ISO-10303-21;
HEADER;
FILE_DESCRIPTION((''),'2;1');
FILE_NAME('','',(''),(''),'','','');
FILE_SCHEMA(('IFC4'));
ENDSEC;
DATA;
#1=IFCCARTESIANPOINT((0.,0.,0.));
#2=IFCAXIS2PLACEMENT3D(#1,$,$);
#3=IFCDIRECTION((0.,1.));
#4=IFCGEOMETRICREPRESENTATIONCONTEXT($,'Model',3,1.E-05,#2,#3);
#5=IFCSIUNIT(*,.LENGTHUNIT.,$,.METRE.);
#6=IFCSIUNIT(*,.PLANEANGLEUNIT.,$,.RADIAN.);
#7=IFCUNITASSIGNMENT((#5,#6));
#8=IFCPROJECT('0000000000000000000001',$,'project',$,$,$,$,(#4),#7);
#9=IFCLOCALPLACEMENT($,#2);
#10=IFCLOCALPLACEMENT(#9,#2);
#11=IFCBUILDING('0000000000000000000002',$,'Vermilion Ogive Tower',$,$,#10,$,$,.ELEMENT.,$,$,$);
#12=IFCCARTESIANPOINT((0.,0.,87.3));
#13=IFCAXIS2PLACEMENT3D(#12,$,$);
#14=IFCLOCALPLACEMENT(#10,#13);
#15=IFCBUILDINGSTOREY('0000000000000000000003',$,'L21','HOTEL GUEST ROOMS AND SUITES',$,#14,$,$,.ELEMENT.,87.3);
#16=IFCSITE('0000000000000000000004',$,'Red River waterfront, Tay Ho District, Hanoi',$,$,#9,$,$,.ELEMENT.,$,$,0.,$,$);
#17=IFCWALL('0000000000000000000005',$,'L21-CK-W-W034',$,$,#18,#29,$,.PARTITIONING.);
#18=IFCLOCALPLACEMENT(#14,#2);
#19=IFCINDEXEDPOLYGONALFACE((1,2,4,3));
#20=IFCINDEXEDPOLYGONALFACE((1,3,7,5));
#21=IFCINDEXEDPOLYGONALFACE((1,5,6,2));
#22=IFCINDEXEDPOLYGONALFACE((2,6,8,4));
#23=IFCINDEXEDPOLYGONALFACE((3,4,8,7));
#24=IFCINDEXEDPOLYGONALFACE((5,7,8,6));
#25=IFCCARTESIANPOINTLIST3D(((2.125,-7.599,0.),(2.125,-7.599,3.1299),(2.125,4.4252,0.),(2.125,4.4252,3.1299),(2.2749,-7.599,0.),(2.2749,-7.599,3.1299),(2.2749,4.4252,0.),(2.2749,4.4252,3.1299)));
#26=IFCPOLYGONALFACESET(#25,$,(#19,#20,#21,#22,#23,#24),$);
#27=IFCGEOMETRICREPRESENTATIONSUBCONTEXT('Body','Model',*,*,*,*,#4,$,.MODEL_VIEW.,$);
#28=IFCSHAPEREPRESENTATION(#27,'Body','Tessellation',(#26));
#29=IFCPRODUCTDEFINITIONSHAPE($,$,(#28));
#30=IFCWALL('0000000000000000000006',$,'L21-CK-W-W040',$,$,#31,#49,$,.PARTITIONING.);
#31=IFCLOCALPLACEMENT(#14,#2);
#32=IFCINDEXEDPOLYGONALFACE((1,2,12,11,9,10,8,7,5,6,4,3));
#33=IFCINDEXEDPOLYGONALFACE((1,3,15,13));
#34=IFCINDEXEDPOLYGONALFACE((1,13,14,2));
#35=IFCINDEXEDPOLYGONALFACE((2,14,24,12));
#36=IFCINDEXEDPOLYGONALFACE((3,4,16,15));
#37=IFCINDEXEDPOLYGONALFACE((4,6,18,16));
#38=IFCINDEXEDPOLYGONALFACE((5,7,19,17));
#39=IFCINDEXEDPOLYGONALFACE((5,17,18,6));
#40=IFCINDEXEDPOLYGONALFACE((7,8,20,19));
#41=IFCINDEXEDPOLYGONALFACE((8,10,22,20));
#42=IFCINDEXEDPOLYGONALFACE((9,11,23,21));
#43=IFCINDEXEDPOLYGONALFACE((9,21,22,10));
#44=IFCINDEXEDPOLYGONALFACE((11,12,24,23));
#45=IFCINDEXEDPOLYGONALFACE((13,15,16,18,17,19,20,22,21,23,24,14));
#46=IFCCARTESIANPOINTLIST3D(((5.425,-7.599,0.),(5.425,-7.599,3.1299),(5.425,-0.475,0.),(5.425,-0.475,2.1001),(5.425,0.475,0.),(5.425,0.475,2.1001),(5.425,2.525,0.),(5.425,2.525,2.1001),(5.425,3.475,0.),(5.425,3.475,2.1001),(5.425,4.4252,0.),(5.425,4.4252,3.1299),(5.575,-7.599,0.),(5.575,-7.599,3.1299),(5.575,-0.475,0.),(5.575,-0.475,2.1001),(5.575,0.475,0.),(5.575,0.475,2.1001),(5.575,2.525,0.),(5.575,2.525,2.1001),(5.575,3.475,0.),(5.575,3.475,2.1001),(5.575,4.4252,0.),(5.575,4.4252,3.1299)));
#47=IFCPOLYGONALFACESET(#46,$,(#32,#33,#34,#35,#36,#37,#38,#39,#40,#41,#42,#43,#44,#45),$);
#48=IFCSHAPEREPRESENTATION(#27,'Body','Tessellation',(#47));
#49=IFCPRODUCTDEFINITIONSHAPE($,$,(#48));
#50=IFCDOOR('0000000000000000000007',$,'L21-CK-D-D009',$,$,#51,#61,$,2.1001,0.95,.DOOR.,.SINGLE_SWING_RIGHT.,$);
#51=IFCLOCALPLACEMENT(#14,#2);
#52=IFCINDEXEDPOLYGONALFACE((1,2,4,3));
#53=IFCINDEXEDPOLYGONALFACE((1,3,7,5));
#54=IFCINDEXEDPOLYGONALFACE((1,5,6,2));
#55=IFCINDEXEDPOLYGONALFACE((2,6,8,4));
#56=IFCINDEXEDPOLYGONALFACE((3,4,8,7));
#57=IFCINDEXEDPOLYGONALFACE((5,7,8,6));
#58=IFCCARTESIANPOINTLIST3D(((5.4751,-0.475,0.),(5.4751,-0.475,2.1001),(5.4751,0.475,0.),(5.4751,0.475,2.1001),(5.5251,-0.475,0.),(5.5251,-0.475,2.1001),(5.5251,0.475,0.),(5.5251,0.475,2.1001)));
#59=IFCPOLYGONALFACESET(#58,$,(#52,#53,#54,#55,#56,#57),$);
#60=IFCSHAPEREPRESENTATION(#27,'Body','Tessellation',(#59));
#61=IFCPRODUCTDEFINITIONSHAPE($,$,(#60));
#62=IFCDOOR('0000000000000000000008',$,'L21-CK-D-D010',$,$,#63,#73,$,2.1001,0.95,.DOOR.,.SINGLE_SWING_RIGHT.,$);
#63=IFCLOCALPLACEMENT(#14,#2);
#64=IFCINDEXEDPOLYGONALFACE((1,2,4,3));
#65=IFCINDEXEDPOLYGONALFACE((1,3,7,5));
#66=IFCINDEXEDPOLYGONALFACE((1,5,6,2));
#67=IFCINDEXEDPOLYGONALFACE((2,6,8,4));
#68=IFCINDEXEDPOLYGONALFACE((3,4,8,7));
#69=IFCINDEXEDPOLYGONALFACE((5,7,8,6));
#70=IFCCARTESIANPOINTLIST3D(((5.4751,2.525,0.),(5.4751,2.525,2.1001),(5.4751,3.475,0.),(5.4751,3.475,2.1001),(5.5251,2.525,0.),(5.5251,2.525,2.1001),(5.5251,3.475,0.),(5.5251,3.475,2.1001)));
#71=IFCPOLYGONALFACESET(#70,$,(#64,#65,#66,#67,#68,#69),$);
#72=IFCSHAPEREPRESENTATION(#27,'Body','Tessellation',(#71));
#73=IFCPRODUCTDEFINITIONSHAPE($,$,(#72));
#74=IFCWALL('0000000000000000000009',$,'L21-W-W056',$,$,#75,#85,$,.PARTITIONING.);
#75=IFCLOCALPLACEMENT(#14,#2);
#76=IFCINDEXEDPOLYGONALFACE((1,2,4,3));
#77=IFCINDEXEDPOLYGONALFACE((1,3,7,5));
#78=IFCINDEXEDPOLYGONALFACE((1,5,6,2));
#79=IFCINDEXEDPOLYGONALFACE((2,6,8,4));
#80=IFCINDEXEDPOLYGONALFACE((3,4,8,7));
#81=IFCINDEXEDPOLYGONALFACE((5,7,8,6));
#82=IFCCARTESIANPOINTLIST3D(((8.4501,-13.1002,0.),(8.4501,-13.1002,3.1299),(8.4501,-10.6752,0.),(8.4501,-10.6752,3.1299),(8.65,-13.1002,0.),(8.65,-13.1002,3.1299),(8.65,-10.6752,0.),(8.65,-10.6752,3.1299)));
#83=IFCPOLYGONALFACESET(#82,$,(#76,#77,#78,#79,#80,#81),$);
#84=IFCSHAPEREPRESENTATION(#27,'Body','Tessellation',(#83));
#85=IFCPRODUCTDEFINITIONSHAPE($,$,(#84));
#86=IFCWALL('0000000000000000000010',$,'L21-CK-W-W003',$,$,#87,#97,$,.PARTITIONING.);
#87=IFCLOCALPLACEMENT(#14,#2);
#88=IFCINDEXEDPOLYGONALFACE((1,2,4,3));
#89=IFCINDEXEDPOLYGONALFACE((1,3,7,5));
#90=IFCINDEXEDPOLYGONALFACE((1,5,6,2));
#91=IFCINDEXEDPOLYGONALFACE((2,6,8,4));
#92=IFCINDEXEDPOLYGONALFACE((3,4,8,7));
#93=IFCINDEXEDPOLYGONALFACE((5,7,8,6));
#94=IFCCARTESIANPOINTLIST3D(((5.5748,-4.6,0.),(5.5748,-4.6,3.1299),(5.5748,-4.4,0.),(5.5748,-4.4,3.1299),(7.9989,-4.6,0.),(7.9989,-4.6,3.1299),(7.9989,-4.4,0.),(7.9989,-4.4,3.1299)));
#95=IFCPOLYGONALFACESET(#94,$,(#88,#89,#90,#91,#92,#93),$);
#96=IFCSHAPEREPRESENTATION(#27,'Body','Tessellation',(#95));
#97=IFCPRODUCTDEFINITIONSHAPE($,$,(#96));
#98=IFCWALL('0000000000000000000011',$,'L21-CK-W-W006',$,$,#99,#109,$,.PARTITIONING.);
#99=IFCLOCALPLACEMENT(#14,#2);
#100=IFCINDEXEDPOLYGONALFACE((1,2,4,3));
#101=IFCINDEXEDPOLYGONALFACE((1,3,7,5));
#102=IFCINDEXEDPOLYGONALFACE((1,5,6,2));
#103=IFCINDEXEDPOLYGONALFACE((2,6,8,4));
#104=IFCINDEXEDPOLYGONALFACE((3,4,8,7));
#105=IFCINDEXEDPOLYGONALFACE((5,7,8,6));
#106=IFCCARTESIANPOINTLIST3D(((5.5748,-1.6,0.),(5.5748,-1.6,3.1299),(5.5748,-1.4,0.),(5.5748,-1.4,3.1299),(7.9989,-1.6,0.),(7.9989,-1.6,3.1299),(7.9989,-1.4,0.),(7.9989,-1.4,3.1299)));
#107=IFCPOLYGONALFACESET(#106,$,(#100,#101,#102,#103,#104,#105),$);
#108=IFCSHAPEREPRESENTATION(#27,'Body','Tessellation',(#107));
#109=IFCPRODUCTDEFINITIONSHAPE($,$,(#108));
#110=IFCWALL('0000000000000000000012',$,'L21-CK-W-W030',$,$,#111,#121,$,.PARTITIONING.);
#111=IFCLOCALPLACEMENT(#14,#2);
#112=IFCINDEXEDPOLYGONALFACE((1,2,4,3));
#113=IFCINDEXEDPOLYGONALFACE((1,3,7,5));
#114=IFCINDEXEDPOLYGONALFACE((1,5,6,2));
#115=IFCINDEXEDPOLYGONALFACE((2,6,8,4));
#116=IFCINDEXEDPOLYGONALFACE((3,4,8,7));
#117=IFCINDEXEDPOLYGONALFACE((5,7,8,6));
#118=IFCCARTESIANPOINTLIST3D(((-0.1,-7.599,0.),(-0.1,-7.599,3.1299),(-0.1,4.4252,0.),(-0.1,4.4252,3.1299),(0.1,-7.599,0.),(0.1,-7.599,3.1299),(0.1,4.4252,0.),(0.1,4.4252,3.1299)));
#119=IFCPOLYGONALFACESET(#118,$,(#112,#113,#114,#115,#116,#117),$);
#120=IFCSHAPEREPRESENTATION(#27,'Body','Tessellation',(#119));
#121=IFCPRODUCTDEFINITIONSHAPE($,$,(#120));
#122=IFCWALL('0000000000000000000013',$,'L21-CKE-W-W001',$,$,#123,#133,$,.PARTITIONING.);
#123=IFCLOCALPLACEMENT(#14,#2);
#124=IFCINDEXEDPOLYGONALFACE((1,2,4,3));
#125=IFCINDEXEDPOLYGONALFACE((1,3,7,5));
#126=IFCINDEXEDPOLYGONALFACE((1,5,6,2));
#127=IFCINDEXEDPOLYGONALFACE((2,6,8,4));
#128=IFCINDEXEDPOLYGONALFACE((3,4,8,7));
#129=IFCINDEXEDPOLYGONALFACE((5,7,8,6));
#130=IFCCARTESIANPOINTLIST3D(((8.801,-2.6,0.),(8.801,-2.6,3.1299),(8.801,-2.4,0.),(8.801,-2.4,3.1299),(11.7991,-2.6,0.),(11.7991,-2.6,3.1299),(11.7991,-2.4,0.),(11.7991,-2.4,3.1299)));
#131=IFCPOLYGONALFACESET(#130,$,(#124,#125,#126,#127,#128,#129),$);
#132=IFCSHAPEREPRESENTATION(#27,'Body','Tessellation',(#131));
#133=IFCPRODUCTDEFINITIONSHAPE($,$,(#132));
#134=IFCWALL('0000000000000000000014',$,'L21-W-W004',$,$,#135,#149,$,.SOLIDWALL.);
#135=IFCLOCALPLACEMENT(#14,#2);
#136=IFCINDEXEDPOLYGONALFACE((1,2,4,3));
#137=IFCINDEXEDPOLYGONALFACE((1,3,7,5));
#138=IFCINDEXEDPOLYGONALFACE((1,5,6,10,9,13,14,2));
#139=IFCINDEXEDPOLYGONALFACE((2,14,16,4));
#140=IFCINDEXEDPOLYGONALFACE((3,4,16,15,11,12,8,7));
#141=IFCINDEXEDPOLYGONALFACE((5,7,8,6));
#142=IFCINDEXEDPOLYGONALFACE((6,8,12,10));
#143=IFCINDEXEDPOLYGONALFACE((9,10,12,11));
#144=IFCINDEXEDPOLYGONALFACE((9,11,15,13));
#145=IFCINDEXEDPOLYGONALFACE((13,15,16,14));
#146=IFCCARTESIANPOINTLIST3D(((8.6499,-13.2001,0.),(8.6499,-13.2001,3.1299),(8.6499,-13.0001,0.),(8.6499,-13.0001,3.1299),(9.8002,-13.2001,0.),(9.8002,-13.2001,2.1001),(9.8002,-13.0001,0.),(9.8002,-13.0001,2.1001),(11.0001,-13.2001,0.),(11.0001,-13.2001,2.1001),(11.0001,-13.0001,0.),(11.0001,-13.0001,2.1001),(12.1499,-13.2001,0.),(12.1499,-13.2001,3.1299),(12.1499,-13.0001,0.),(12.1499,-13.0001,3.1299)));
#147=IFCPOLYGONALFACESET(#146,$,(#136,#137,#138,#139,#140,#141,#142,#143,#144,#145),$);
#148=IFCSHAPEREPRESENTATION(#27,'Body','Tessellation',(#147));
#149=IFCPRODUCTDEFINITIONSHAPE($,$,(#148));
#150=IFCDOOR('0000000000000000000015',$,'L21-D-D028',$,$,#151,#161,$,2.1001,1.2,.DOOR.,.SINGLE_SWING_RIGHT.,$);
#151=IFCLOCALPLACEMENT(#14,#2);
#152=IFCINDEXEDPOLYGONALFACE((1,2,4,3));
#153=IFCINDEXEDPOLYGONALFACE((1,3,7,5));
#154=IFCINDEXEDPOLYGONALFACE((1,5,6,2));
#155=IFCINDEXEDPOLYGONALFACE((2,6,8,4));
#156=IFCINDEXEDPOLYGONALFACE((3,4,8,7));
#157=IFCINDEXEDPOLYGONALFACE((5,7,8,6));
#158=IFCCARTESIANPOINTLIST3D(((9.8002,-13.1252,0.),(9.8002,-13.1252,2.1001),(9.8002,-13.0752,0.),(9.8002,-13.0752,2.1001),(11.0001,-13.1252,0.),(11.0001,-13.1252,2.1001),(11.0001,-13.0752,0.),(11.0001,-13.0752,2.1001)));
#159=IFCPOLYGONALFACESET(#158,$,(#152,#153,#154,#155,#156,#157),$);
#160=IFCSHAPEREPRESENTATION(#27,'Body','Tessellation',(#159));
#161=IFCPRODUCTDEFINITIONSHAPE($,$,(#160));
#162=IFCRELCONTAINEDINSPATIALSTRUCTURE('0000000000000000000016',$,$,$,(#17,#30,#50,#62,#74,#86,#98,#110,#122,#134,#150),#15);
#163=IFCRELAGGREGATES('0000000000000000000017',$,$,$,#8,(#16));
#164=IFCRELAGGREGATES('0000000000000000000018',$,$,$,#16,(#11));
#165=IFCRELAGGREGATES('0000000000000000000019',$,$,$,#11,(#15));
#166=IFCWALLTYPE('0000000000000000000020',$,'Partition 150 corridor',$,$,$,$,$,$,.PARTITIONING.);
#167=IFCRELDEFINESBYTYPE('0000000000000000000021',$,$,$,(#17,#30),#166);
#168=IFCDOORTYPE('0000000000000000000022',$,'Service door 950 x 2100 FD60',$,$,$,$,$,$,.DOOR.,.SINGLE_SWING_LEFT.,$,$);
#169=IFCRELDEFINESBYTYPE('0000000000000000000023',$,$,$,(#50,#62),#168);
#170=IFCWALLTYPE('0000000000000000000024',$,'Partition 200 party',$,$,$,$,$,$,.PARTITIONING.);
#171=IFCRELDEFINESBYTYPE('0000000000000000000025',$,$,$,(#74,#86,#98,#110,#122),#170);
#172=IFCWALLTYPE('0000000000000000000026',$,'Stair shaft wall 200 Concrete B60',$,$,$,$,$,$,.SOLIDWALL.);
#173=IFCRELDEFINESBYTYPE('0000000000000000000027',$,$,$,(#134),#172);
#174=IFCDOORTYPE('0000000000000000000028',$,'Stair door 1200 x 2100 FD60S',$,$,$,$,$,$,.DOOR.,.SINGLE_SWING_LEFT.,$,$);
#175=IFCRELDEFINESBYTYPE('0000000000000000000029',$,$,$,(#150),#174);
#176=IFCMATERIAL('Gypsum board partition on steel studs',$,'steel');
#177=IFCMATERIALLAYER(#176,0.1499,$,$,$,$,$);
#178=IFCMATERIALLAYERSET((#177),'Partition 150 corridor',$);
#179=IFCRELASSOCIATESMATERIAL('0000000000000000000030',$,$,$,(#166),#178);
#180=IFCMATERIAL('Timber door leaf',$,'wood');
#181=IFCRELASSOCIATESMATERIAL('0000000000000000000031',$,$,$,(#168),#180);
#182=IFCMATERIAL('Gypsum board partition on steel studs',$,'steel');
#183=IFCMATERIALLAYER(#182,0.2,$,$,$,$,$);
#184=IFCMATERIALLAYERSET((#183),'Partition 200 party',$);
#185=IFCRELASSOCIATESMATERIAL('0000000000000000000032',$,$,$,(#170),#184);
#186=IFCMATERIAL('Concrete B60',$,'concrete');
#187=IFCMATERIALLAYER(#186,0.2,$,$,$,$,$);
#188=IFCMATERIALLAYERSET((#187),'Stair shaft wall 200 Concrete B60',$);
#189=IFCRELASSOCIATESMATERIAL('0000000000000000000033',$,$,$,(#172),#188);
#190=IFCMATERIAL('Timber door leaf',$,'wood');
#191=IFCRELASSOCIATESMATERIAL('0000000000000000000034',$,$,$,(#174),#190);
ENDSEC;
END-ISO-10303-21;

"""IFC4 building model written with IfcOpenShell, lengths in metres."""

from ifc_helpers import new_model, si_unit, direction, frame, frame_2d, origin, place, context, subcontext, project, spatial, rectangle, extrude, material, layer, layer_set, type_object, element, fill, save


model = new_model("IFC4")

# Units and contexts
model_context = context("Model", 3, precision=1e-05, world=origin(), true_north=direction((0.0, 1.0)))
body_context = subcontext(model_context, "Body", "Model", "MODEL_VIEW")
ifc_project = project(units=[si_unit("LENGTHUNIT", "METRE"), si_unit("PLANEANGLEUNIT", "RADIAN")], contexts=[model_context])

# Site, building, storey
site_placement = place(None, origin())
site = spatial("IfcSite", under=ifc_project, at=site_placement, Name="Red River waterfront, Tay Ho District, Hanoi", CompositionType="ELEMENT", RefElevation=0.0)
building_placement = place(site_placement, origin())
building = spatial("IfcBuilding", under=site, at=building_placement, Name="Vermilion Ogive Tower", CompositionType="ELEMENT")
storey_placement = place(building_placement, frame((0.0, 0.0, 87.3)))
storey = spatial("IfcBuildingStorey", under=building, at=storey_placement, Name="L21", Description="HOTEL GUEST ROOMS AND SUITES", CompositionType="ELEMENT", Elevation=87.3)

# Shared definitions
ifc_material_1 = material(Name="Gypsum board partition on steel studs", Category="steel")
ifc_layer_1 = layer(ifc_material_1, 0.1499)
ifc_layer_set_1 = layer_set([ifc_layer_1], Name="Partition 150 corridor")
wall_type_1 = type_object("IfcWallType", Name="Partition 150 corridor", PredefinedType="PARTITIONING", material=ifc_layer_set_1)

# Wall
wall_1_placement = place(storey_placement, frame((2.2, -7.5991, 0.0), z_axis=(0.0, 0.0, 1.0), x_axis=(0.0, 1.0, 0.0)))
element("IfcWall", 1, at=wall_1_placement, inside=storey, type_object=wall_type_1, Name="L21-CK-W-W034", PredefinedType="PARTITIONING", context=body_context, shape_type="SweptSolid", body=[
    extrude(rectangle(XDim=12.0242, YDim=0.1499, at=frame_2d((6.0122, 0.0))), origin(), (0.0, 0.0, 1.0), 3.1299),
])

# Wall, openings, doors
wall_2_placement = place(storey_placement, frame((5.5, -7.5991, 0.0), z_axis=(0.0, 0.0, 1.0), x_axis=(0.0, 1.0, 0.0)))
wall_2 = element("IfcWall", 2, at=wall_2_placement, inside=storey, type_object=wall_type_1, Name="L21-CK-W-W040", PredefinedType="PARTITIONING", context=body_context, shape_type="SweptSolid", body=[
    extrude(rectangle(XDim=12.0242, YDim=0.1499, at=frame_2d((6.0122, 0.0))), origin(), (0.0, 0.0, 1.0), 3.1299),
])
opening_1_placement = place(wall_2_placement, frame((7.124, 0.0, 0.0)))
opening_1 = element("IfcOpeningElement", 3, at=opening_1_placement, cuts=wall_2, PredefinedType="OPENING", context=body_context, shape_type="SweptSolid", body=[
    extrude(rectangle(XDim=0.95, YDim=2.1001, at=frame_2d((0.4751, 1.05))), frame((0.0, 0.085, 0.0), z_axis=(0.0, -1.0, 0.0), x_axis=(1.0, 0.0, 0.0)), (0.0, 0.0, 1.0), 0.1699),
])
opening_2_placement = place(wall_2_placement, frame((10.124, 0.0, 0.0)))
opening_2 = element("IfcOpeningElement", 4, at=opening_2_placement, cuts=wall_2, PredefinedType="OPENING", context=body_context, shape_type="SweptSolid", body=[
    extrude(rectangle(XDim=0.95, YDim=2.1001, at=frame_2d((0.4751, 1.05))), frame((0.0, 0.085, 0.0), z_axis=(0.0, -1.0, 0.0), x_axis=(1.0, 0.0, 0.0)), (0.0, 0.0, 1.0), 0.1699),
])
ifc_material_2 = material(Name="Timber door leaf", Category="wood")
door_type_1 = type_object("IfcDoorType", Name="Service door 950 x 2100 FD60", OperationType="SINGLE_SWING_LEFT", PredefinedType="DOOR", material=ifc_material_2)
door_1_placement = place(opening_1_placement, origin())
door_1 = element("IfcDoor", 5, at=door_1_placement, inside=storey, type_object=door_type_1, Name="L21-CK-D-D009", OperationType="SINGLE_SWING_RIGHT", OverallHeight=2.1001, OverallWidth=0.95, PredefinedType="DOOR", context=body_context, shape_type="SweptSolid", body=[
    extrude(rectangle(XDim=0.95, YDim=2.1001, at=frame_2d((0.4751, 1.05))), frame((0.0, 0.0249, 0.0), z_axis=(0.0, -1.0, 0.0), x_axis=(1.0, 0.0, 0.0)), (0.0, 0.0, 1.0), 0.05),
])
fill(opening_1, door_1)
door_2_placement = place(opening_2_placement, origin())
door_2 = element("IfcDoor", 6, at=door_2_placement, inside=storey, type_object=door_type_1, Name="L21-CK-D-D010", OperationType="SINGLE_SWING_RIGHT", OverallHeight=2.1001, OverallWidth=0.95, PredefinedType="DOOR", context=body_context, shape_type="SweptSolid", body=[
    extrude(rectangle(XDim=0.95, YDim=2.1001, at=frame_2d((0.4751, 1.05))), frame((0.0, 0.0249, 0.0), z_axis=(0.0, -1.0, 0.0), x_axis=(1.0, 0.0, 0.0)), (0.0, 0.0, 1.0), 0.05),
])
fill(opening_2, door_2)

# Walls
ifc_material_3 = material(Name="Gypsum board partition on steel studs", Category="steel")
ifc_layer_2 = layer(ifc_material_3, 0.2)
ifc_layer_set_2 = layer_set([ifc_layer_2], Name="Partition 200 party")
wall_type_2 = type_object("IfcWallType", Name="Partition 200 party", PredefinedType="PARTITIONING", material=ifc_layer_set_2)
wall_3_placement = place(storey_placement, frame((8.55, -13.1001, 0.0), z_axis=(0.0, 0.0, 1.0), x_axis=(0.0, 1.0, 0.0)))
element("IfcWall", 7, at=wall_3_placement, inside=storey, type_object=wall_type_2, Name="L21-W-W056", PredefinedType="PARTITIONING", context=body_context, shape_type="SweptSolid", body=[
    extrude(rectangle(XDim=2.425, YDim=0.2, at=frame_2d((1.2124, 0.0))), origin(), (0.0, 0.0, 1.0), 3.1299),
])
for number, where, z_axis, x_axis, name in (
    (8, (5.575, -4.5, 0.0), (0.0, 0.0, 1.0), (1.0, 0.0, 0.0), "L21-CK-W-W003"),
    (9, (5.575, -1.5, 0.0), (0.0, 0.0, 1.0), (1.0, 0.0, 0.0), "L21-CK-W-W006"),
):
    element("IfcWall", number, at=place(storey_placement, frame(where, z_axis=z_axis, x_axis=x_axis)), inside=storey, type_object=wall_type_2, Name=name, PredefinedType="PARTITIONING", context=body_context, shape_type="SweptSolid", body=[
        extrude(rectangle(XDim=2.4241, YDim=0.2, at=frame_2d((1.2119, 0.0))), origin(), (0.0, 0.0, 1.0), 3.1299),
    ])
wall_4_placement = place(storey_placement, frame((0.0, -7.5991, 0.0), z_axis=(0.0, 0.0, 1.0), x_axis=(0.0, 1.0, 0.0)))
element("IfcWall", 10, at=wall_4_placement, inside=storey, type_object=wall_type_2, Name="L21-CK-W-W030", PredefinedType="PARTITIONING", context=body_context, shape_type="SweptSolid", body=[
    extrude(rectangle(XDim=12.0242, YDim=0.2, at=frame_2d((6.0122, 0.0))), origin(), (0.0, 0.0, 1.0), 3.1299),
])
wall_5_placement = place(storey_placement, frame((8.801, -2.5, 0.0), z_axis=(0.0, 0.0, 1.0), x_axis=(1.0, 0.0, 0.0)))
element("IfcWall", 11, at=wall_5_placement, inside=storey, type_object=wall_type_2, Name="L21-CKE-W-W001", PredefinedType="PARTITIONING", context=body_context, shape_type="SweptSolid", body=[
    extrude(rectangle(XDim=2.998, YDim=0.2, at=frame_2d((1.499, 0.0))), origin(), (0.0, 0.0, 1.0), 3.1299),
])

# Wall, opening, door
ifc_material_4 = material(Name="Concrete B60", Category="concrete")
ifc_layer_3 = layer(ifc_material_4, 0.2)
ifc_layer_set_3 = layer_set([ifc_layer_3], Name="Stair shaft wall 200 Concrete B60")
wall_type_3 = type_object("IfcWallType", Name="Stair shaft wall 200 Concrete B60", PredefinedType="SOLIDWALL", material=ifc_layer_set_3)
wall_6_placement = place(storey_placement, frame((8.6499, -13.1001, 0.0), z_axis=(0.0, 0.0, 1.0), x_axis=(1.0, 0.0, 0.0)))
wall_6 = element("IfcWall", 12, at=wall_6_placement, inside=storey, type_object=wall_type_3, Name="L21-W-W004", PredefinedType="SOLIDWALL", context=body_context, shape_type="SweptSolid", body=[
    extrude(rectangle(XDim=3.5, YDim=0.2, at=frame_2d((1.75, 0.0))), origin(), (0.0, 0.0, 1.0), 3.1299),
])
opening_3_placement = place(wall_6_placement, frame((1.1501, 0.0, 0.0)))
opening_3 = element("IfcOpeningElement", 13, at=opening_3_placement, cuts=wall_6, PredefinedType="OPENING", context=body_context, shape_type="SweptSolid", body=[
    extrude(rectangle(XDim=1.2, YDim=2.1001, at=frame_2d((0.6001, 1.05))), frame((0.0, 0.1099, 0.0), z_axis=(0.0, -1.0, 0.0), x_axis=(1.0, 0.0, 0.0)), (0.0, 0.0, 1.0), 0.22),
])
ifc_material_5 = material(Name="Timber door leaf", Category="wood")
door_type_2 = type_object("IfcDoorType", Name="Stair door 1200 x 2100 FD60S", OperationType="SINGLE_SWING_LEFT", PredefinedType="DOOR", material=ifc_material_5)
door_3_placement = place(opening_3_placement, origin())
door_3 = element("IfcDoor", 14, at=door_3_placement, inside=storey, type_object=door_type_2, Name="L21-D-D028", OperationType="SINGLE_SWING_RIGHT", OverallHeight=2.1001, OverallWidth=1.2, PredefinedType="DOOR", context=body_context, shape_type="SweptSolid", body=[
    extrude(rectangle(XDim=1.2, YDim=2.1001, at=frame_2d((0.6001, 1.05))), frame((0.0, 0.0249, 0.0), z_axis=(0.0, -1.0, 0.0), x_axis=(1.0, 0.0, 0.0)), (0.0, 0.0, 1.0), 0.05),
])
fill(opening_3, door_3)

save(model, "model.ifc")
